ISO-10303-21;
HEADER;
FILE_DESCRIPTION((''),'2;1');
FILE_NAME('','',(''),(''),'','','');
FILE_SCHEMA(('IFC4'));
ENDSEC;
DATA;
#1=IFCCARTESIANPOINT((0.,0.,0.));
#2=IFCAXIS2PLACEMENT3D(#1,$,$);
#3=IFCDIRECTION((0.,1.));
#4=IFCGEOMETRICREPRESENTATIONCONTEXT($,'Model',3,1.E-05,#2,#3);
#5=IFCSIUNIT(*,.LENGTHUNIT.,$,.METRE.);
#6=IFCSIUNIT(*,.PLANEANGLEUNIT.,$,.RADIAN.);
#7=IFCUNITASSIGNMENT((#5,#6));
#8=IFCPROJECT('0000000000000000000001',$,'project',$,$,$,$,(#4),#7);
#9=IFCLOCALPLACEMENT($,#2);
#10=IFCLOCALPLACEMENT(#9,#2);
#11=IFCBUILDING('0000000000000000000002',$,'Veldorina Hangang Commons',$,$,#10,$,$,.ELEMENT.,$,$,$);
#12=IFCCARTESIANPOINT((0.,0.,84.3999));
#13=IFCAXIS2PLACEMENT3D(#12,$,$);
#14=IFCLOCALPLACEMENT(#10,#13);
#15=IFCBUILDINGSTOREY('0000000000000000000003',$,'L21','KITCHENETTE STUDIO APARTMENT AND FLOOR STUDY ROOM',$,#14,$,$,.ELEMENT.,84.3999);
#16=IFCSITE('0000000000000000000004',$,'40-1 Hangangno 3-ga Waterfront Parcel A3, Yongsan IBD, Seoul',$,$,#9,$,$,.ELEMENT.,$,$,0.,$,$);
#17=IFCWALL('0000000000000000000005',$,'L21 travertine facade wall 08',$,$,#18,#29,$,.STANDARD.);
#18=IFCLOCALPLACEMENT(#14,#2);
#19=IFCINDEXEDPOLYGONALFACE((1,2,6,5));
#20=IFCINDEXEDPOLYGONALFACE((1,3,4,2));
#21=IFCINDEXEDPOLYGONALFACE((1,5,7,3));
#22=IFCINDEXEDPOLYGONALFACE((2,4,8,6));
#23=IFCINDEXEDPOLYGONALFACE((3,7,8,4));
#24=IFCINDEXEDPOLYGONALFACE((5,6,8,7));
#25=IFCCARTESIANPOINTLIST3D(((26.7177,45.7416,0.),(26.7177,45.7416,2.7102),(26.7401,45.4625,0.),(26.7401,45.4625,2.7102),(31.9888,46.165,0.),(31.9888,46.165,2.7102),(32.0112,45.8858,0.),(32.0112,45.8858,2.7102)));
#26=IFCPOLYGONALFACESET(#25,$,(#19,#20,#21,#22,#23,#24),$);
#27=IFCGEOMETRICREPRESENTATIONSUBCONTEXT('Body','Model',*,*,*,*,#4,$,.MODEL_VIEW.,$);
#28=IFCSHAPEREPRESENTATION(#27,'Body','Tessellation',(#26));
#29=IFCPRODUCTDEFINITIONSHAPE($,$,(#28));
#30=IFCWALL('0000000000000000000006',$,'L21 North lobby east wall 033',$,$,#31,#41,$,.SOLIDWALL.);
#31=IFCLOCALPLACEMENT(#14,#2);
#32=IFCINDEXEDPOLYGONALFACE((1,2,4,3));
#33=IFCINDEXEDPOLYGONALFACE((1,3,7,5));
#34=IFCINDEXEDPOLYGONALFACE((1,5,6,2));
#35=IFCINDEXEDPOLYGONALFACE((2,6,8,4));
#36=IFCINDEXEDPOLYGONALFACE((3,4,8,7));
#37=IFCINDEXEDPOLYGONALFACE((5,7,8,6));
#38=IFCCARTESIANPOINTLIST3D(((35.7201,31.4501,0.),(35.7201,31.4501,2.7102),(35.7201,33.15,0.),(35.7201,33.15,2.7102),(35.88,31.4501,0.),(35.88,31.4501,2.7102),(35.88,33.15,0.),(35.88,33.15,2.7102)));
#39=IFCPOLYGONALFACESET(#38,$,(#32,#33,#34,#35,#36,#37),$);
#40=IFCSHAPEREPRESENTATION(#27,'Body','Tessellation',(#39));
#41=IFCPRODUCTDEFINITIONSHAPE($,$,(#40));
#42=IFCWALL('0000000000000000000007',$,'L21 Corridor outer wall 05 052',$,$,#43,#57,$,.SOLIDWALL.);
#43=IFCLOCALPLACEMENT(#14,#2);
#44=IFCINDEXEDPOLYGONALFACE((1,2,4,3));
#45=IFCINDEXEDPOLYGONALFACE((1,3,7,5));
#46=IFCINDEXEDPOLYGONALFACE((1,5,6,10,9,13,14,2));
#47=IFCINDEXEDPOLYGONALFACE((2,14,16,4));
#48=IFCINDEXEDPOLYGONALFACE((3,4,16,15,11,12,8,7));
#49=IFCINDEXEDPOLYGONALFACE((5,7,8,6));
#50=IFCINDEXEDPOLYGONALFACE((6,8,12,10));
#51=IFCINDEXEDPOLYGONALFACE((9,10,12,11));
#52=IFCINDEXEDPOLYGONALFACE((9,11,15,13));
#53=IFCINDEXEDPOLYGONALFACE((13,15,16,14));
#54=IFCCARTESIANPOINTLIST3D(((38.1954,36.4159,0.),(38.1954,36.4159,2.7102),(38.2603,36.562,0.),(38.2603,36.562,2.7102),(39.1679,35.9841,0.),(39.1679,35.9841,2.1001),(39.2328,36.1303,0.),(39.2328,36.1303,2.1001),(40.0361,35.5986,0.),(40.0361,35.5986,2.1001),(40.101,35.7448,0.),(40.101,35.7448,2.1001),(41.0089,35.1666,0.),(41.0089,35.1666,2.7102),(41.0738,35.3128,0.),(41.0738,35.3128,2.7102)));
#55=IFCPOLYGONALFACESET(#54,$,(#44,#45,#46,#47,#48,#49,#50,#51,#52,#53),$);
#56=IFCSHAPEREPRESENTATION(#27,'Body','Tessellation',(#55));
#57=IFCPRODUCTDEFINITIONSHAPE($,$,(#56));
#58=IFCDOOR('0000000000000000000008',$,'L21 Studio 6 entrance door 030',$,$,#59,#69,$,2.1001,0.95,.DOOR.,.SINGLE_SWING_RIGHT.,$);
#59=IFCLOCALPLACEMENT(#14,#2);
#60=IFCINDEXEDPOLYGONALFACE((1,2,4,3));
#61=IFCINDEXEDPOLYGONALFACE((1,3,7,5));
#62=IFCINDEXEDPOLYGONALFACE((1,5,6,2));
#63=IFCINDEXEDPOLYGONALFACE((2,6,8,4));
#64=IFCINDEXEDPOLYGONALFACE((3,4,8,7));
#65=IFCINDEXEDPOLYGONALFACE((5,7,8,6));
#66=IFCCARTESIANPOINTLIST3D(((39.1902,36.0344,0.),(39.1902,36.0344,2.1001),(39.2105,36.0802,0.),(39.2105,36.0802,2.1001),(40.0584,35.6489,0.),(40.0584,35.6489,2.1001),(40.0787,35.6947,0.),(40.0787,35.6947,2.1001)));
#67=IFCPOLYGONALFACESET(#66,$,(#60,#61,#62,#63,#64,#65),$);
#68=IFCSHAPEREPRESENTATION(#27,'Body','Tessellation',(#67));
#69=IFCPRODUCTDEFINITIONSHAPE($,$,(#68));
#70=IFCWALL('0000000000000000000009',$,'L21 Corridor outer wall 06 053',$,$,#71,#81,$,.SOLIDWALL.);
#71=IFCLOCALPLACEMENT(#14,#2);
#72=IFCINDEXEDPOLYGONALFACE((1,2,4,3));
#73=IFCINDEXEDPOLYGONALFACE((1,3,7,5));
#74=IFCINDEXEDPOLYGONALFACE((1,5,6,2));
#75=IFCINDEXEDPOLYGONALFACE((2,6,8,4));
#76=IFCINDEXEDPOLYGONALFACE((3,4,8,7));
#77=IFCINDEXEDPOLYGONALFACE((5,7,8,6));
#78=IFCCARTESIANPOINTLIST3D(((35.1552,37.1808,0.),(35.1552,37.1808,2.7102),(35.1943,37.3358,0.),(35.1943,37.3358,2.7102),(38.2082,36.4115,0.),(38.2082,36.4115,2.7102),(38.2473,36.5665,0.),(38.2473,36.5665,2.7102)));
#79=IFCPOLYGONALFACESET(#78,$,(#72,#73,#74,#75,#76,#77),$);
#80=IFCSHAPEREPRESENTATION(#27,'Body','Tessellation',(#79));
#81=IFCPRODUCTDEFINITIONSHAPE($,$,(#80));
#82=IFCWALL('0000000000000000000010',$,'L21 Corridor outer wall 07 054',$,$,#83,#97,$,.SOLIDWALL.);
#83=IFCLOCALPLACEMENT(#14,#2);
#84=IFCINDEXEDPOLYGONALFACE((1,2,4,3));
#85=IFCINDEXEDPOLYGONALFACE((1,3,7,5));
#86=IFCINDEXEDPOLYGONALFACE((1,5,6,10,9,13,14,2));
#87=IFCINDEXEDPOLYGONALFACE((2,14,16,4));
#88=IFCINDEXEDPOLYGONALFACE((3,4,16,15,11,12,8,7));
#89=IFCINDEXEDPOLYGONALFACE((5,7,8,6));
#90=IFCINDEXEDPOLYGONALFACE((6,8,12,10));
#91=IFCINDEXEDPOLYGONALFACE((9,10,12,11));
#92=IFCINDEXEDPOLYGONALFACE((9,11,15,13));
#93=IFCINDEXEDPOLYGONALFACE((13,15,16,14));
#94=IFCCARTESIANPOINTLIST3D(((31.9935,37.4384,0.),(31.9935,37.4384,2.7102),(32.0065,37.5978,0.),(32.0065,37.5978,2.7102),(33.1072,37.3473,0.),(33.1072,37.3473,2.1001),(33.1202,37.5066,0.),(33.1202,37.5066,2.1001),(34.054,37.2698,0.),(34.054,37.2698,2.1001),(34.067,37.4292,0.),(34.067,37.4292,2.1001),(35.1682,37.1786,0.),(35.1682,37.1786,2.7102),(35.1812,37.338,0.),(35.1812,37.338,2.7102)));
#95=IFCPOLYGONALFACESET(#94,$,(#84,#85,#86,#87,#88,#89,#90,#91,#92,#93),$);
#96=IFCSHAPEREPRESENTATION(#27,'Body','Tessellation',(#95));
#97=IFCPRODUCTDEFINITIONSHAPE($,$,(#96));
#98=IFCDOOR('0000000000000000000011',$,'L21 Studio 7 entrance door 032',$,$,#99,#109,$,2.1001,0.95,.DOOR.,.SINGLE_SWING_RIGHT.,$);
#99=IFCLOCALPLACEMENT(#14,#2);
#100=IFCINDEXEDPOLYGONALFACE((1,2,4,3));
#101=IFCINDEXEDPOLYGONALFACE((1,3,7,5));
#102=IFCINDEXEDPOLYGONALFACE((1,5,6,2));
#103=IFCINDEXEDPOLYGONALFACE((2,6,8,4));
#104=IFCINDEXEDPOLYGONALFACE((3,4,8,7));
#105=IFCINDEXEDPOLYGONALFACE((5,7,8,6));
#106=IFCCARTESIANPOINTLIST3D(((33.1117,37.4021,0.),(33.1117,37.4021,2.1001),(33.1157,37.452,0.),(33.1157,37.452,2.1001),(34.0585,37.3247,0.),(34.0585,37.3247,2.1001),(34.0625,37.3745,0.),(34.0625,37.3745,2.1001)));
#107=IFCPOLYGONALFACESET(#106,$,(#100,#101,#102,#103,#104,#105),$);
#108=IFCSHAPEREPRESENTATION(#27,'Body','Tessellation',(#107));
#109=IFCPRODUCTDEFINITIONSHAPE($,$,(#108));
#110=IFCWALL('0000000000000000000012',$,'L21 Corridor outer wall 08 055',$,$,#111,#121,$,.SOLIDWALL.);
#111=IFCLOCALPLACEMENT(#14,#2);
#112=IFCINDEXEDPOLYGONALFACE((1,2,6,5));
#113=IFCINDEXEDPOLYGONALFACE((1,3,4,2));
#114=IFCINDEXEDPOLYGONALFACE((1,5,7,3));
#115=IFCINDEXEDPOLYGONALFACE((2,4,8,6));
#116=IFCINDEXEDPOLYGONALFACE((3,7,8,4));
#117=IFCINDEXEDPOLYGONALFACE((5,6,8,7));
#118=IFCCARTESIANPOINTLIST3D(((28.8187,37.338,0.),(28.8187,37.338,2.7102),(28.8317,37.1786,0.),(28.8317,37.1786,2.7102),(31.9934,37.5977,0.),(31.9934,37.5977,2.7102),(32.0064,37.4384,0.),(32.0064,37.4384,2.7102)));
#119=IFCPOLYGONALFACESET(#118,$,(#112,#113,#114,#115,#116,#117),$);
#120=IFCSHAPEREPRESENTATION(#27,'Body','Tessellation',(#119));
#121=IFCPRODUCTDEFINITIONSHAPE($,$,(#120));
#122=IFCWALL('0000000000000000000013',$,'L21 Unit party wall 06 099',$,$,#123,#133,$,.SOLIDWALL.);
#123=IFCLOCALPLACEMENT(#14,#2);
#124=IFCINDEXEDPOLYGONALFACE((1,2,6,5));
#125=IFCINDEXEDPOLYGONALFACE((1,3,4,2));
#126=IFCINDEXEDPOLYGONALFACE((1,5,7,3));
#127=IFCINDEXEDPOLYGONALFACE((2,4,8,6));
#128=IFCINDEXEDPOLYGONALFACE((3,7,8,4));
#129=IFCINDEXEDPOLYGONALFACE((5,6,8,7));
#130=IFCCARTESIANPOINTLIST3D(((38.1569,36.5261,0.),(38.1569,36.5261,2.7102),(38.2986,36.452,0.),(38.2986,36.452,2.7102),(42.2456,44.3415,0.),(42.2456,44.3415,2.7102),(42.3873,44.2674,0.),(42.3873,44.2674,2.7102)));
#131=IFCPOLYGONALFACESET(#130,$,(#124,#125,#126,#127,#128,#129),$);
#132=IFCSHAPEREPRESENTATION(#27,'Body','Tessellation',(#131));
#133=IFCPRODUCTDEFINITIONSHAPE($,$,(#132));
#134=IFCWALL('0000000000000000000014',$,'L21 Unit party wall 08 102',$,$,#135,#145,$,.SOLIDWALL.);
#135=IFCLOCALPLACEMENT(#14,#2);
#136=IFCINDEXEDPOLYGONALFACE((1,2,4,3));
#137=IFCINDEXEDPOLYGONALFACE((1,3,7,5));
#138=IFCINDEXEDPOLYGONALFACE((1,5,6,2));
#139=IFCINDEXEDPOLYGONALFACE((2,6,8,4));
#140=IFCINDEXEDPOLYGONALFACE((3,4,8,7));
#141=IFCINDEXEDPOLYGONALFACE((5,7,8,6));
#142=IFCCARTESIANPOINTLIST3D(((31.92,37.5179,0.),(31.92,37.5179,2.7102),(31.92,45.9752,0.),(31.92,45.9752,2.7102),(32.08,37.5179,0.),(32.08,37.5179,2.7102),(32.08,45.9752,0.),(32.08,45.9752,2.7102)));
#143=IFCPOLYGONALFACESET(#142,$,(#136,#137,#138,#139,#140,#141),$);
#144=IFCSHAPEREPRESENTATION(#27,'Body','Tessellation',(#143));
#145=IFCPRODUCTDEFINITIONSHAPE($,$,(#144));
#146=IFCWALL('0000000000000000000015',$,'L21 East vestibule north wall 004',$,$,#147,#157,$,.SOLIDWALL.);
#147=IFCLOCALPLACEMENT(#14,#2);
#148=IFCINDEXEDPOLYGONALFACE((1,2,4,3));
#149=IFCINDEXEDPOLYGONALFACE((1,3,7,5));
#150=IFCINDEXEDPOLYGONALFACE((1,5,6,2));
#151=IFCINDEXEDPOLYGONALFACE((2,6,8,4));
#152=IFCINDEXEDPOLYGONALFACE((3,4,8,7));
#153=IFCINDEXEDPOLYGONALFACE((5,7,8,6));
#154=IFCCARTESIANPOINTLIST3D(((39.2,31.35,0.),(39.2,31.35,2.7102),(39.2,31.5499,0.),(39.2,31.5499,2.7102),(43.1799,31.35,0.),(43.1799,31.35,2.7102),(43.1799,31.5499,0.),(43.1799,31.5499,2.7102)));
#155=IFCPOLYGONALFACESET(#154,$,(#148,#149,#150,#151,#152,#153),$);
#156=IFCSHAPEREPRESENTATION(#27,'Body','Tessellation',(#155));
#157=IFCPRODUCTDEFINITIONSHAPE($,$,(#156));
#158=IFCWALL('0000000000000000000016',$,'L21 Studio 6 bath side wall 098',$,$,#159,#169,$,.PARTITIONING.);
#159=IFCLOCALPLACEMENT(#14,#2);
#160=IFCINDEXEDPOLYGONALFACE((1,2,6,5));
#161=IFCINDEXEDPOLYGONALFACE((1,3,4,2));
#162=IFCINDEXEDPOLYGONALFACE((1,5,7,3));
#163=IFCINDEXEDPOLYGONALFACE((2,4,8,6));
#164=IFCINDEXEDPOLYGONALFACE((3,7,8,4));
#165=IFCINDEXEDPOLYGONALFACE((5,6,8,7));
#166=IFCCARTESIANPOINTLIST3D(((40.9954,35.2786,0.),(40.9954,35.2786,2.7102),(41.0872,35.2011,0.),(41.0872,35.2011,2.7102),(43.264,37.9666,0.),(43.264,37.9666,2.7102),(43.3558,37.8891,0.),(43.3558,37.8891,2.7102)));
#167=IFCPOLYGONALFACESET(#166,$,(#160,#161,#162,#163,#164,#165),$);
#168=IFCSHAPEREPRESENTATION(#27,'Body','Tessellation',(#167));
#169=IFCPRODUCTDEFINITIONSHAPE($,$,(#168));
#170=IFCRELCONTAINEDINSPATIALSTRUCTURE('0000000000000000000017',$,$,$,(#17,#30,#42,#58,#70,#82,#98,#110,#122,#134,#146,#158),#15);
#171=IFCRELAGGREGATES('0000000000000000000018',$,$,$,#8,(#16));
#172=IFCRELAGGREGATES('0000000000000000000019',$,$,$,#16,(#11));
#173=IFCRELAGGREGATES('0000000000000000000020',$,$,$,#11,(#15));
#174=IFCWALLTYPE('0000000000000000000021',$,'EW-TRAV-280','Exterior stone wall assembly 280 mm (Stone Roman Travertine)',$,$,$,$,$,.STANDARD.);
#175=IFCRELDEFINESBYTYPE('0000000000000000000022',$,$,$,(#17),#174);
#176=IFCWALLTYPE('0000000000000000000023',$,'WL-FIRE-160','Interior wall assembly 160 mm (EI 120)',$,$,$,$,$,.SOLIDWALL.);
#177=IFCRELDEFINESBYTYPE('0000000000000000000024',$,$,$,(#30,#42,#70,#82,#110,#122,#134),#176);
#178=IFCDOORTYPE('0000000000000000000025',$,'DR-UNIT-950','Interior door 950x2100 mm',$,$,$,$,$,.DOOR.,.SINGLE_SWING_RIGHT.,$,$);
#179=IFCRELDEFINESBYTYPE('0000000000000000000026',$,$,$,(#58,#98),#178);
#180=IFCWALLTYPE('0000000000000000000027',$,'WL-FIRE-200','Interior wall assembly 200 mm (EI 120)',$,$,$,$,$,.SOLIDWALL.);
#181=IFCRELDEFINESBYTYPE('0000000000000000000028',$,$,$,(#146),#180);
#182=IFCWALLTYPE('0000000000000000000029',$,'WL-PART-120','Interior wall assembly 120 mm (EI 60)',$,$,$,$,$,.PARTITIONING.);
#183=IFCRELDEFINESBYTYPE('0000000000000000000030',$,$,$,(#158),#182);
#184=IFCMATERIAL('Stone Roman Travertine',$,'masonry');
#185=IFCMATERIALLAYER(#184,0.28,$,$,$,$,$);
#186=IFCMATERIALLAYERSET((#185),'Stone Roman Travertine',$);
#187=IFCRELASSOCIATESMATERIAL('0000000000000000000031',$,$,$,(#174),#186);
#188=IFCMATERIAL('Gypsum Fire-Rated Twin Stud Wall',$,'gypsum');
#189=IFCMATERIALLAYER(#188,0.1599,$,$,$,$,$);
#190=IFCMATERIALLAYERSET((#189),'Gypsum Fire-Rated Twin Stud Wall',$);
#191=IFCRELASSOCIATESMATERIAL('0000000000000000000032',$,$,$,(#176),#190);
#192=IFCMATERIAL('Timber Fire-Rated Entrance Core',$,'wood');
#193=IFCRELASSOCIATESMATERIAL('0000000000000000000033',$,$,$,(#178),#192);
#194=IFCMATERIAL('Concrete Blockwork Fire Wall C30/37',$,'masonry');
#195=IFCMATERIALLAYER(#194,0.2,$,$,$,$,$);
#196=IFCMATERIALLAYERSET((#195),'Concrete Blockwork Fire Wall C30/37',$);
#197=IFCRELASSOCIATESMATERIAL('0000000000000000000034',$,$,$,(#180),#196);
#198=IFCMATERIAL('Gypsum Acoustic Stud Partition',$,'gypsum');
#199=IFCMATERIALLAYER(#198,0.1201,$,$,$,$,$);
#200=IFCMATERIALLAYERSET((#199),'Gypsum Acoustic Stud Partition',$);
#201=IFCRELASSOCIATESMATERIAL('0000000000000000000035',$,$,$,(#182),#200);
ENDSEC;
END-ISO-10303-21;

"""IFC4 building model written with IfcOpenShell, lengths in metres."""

from ifc_helpers import new_model, si_unit, direction, frame, frame_2d, origin, place, context, subcontext, project, spatial, rectangle, extrude, material, layer, layer_set, type_object, element, fill, save


model = new_model("IFC4")

# Units and contexts
model_context = context("Model", 3, precision=1e-05, world=origin(), true_north=direction((0.0, 1.0)))
body_context = subcontext(model_context, "Body", "Model", "MODEL_VIEW")
ifc_project = project(units=[si_unit("LENGTHUNIT", "METRE"), si_unit("PLANEANGLEUNIT", "RADIAN")], contexts=[model_context])

# Site, building, storey
site_placement = place(None, origin())
site = spatial("IfcSite", under=ifc_project, at=site_placement, Name="40-1 Hangangno 3-ga Waterfront Parcel A3, Yongsan IBD, Seoul", CompositionType="ELEMENT", RefElevation=0.0)
building_placement = place(site_placement, origin())
building = spatial("IfcBuilding", under=site, at=building_placement, Name="Veldorina Hangang Commons", CompositionType="ELEMENT")
storey_placement = place(building_placement, frame((0.0, 0.0, 84.3999)))
storey = spatial("IfcBuildingStorey", under=building, at=storey_placement, Name="L21", Description="KITCHENETTE STUDIO APARTMENT AND FLOOR STUDY ROOM", CompositionType="ELEMENT", Elevation=84.3999)

# Shared definitions
ifc_material_1 = material(Name="Stone Roman Travertine", Category="masonry")
ifc_layer_1 = layer(ifc_material_1, 0.28)
ifc_layer_set_1 = layer_set([ifc_layer_1], Name="Stone Roman Travertine")
wall_type_1 = type_object("IfcWallType", Name="EW-TRAV-280", Description="Exterior stone wall assembly 280 mm (Stone Roman Travertine)", PredefinedType="STANDARD", material=ifc_layer_set_1)

# Walls
wall_1_placement = place(storey_placement, frame((32.0, 46.0254, 0.0), z_axis=(0.0, 0.0, 1.0), x_axis=(-0.99679, -0.080057, 0.0)))
element("IfcWall", 1, at=wall_1_placement, inside=storey, type_object=wall_type_1, Name="L21 travertine facade wall 08", PredefinedType="STANDARD", context=body_context, shape_type="SweptSolid", body=[
    extrude(rectangle(XDim=5.2881, YDim=0.28, at=frame_2d((2.644, 0.0))), origin(), (0.0, 0.0, 1.0), 2.7102),
])
ifc_material_2 = material(Name="Gypsum Fire-Rated Twin Stud Wall", Category="gypsum")
ifc_layer_2 = layer(ifc_material_2, 0.1599)
ifc_layer_set_2 = layer_set([ifc_layer_2], Name="Gypsum Fire-Rated Twin Stud Wall")
wall_type_2 = type_object("IfcWallType", Name="WL-FIRE-160", Description="Interior wall assembly 160 mm (EI 120)", PredefinedType="SOLIDWALL", material=ifc_layer_set_2)
wall_2_placement = place(storey_placement, frame((35.8, 31.45, 0.0), z_axis=(0.0, 0.0, 1.0), x_axis=(0.0, 1.0, 0.0)))
element("IfcWall", 2, at=wall_2_placement, inside=storey, type_object=wall_type_2, Name="L21 North lobby east wall 033", PredefinedType="SOLIDWALL", context=body_context, shape_type="SweptSolid", body=[
    extrude(rectangle(XDim=1.7, YDim=0.1599, at=frame_2d((0.8501, 0.0))), origin(), (0.0, 0.0, 1.0), 2.7102),
])

# Wall, opening, door
wall_3_placement = place(storey_placement, frame((41.0413, 35.2397, 0.0), z_axis=(0.0, 0.0, 1.0), x_axis=(-0.913952, 0.405822, 0.0)))
wall_3 = element("IfcWall", 3, at=wall_3_placement, inside=storey, type_object=wall_type_2, Name="L21 Corridor outer wall 05 052", PredefinedType="SOLIDWALL", context=body_context, shape_type="SweptSolid", body=[
    extrude(rectangle(XDim=3.0784, YDim=0.1599, at=frame_2d((1.5391, 0.0))), origin(), (0.0, 0.0, 1.0), 2.7102),
])
opening_1_placement = place(wall_3_placement, frame((1.0642, 0.0, 0.0)))
opening_1 = element("IfcOpeningElement", 4, at=opening_1_placement, cuts=wall_3, PredefinedType="OPENING", context=body_context, shape_type="SweptSolid", body=[
    extrude(rectangle(XDim=0.95, YDim=2.1001, at=frame_2d((0.4751, 1.05))), frame((0.0, 0.0898, 0.0), z_axis=(0.0, -1.0, 0.0), x_axis=(1.0, 0.0, 0.0)), (0.0, 0.0, 1.0), 0.1799),
])
ifc_material_3 = material(Name="Timber Fire-Rated Entrance Core", Category="wood")
door_type_1 = type_object("IfcDoorType", Name="DR-UNIT-950", Description="Interior door 950x2100 mm", OperationType="SINGLE_SWING_RIGHT", PredefinedType="DOOR", material=ifc_material_3)
door_1_placement = place(opening_1_placement, origin())
door_1 = element("IfcDoor", 5, at=door_1_placement, inside=storey, type_object=door_type_1, Name="L21 Studio 6 entrance door 030", OperationType="SINGLE_SWING_RIGHT", OverallHeight=2.1001, OverallWidth=0.95, PredefinedType="DOOR", context=body_context, shape_type="SweptSolid", body=[
    extrude(rectangle(XDim=0.95, YDim=2.1001, at=frame_2d((0.4751, 1.05))), frame((0.0, 0.0249, 0.0), z_axis=(0.0, -1.0, 0.0), x_axis=(1.0, 0.0, 0.0)), (0.0, 0.0, 1.0), 0.05),
])
fill(opening_1, door_1)

# Wall
wall_4_placement = place(storey_placement, frame((38.2278, 36.489, 0.0), z_axis=(0.0, 0.0, 1.0), x_axis=(-0.969689, 0.244342, 0.0)))
element("IfcWall", 6, at=wall_4_placement, inside=storey, type_object=wall_type_2, Name="L21 Corridor outer wall 06 053", PredefinedType="SOLIDWALL", context=body_context, shape_type="SweptSolid", body=[
    extrude(rectangle(XDim=3.1484, YDim=0.1599, at=frame_2d((1.5742, 0.0))), origin(), (0.0, 0.0, 1.0), 2.7102),
])

# Wall, opening, door
wall_5_placement = place(storey_placement, frame((35.1748, 37.2583, 0.0), z_axis=(0.0, 0.0, 1.0), x_axis=(-0.996669, 0.081548, 0.0)))
wall_5 = element("IfcWall", 7, at=wall_5_placement, inside=storey, type_object=wall_type_2, Name="L21 Corridor outer wall 07 054", PredefinedType="SOLIDWALL", context=body_context, shape_type="SweptSolid", body=[
    extrude(rectangle(XDim=3.1853, YDim=0.1599, at=frame_2d((1.5928, 0.0))), origin(), (0.0, 0.0, 1.0), 2.7102),
])
opening_2_placement = place(wall_5_placement, frame((1.1179, 0.0, 0.0)))
opening_2 = element("IfcOpeningElement", 8, at=opening_2_placement, cuts=wall_5, PredefinedType="OPENING", context=body_context, shape_type="SweptSolid", body=[
    extrude(rectangle(XDim=0.95, YDim=2.1001, at=frame_2d((0.4751, 1.05))), frame((0.0, 0.0898, 0.0), z_axis=(0.0, -1.0, 0.0), x_axis=(1.0, 0.0, 0.0)), (0.0, 0.0, 1.0), 0.1799),
])
door_2_placement = place(opening_2_placement, origin())
door_2 = element("IfcDoor", 9, at=door_2_placement, inside=storey, type_object=door_type_1, Name="L21 Studio 7 entrance door 032", OperationType="SINGLE_SWING_RIGHT", OverallHeight=2.1001, OverallWidth=0.95, PredefinedType="DOOR", context=body_context, shape_type="SweptSolid", body=[
    extrude(rectangle(XDim=0.95, YDim=2.1001, at=frame_2d((0.4751, 1.05))), frame((0.0, 0.0249, 0.0), z_axis=(0.0, -1.0, 0.0), x_axis=(1.0, 0.0, 0.0)), (0.0, 0.0, 1.0), 0.05),
])
fill(opening_2, door_2)

# Walls
wall_6_placement = place(storey_placement, frame((32.0, 37.5181, 0.0), z_axis=(0.0, 0.0, 1.0), x_axis=(-0.996669, -0.081548, 0.0)))
element("IfcWall", 10, at=wall_6_placement, inside=storey, type_object=wall_type_2, Name="L21 Corridor outer wall 08 055", PredefinedType="SOLIDWALL", context=body_context, shape_type="SweptSolid", body=[
    extrude(rectangle(XDim=3.1853, YDim=0.1599, at=frame_2d((1.5928, 0.0))), origin(), (0.0, 0.0, 1.0), 2.7102),
])
wall_7_placement = place(storey_placement, frame((38.2278, 36.489, 0.0), z_axis=(0.0, 0.0, 1.0), x_axis=(0.463547, 0.886073, 0.0)))
element("IfcWall", 11, at=wall_7_placement, inside=storey, type_object=wall_type_2, Name="L21 Unit party wall 06 099", PredefinedType="SOLIDWALL", context=body_context, shape_type="SweptSolid", body=[
    extrude(rectangle(XDim=8.8203, YDim=0.1599, at=frame_2d((4.4102, 0.0))), origin(), (0.0, 0.0, 1.0), 2.7102),
])
wall_8_placement = place(storey_placement, frame((32.0, 37.5181, 0.0), z_axis=(0.0, 0.0, 1.0), x_axis=(0.0, 1.0, 0.0)))
element("IfcWall", 12, at=wall_8_placement, inside=storey, type_object=wall_type_2, Name="L21 Unit party wall 08 102", PredefinedType="SOLIDWALL", context=body_context, shape_type="SweptSolid", body=[
    extrude(rectangle(XDim=8.4573, YDim=0.1599, at=frame_2d((4.2285, 0.0))), origin(), (0.0, 0.0, 1.0), 2.7102),
])
ifc_material_4 = material(Name="Concrete Blockwork Fire Wall C30/37", Category="masonry")
ifc_layer_3 = layer(ifc_material_4, 0.2)
ifc_layer_set_3 = layer_set([ifc_layer_3], Name="Concrete Blockwork Fire Wall C30/37")
wall_type_3 = type_object("IfcWallType", Name="WL-FIRE-200", Description="Interior wall assembly 200 mm (EI 120)", PredefinedType="SOLIDWALL", material=ifc_layer_set_3)
wall_9_placement = place(storey_placement, frame((39.2, 31.45, 0.0), z_axis=(0.0, 0.0, 1.0), x_axis=(1.0, 0.0, 0.0)))
element("IfcWall", 13, at=wall_9_placement, inside=storey, type_object=wall_type_3, Name="L21 East vestibule north wall 004", PredefinedType="SOLIDWALL", context=body_context, shape_type="SweptSolid", body=[
    extrude(rectangle(XDim=3.98, YDim=0.2, at=frame_2d((1.99, 0.0))), origin(), (0.0, 0.0, 1.0), 2.7102),
])
ifc_material_5 = material(Name="Gypsum Acoustic Stud Partition", Category="gypsum")
ifc_layer_4 = layer(ifc_material_5, 0.1201)
ifc_layer_set_4 = layer_set([ifc_layer_4], Name="Gypsum Acoustic Stud Partition")
wall_type_4 = type_object("IfcWallType", Name="WL-PART-120", Description="Interior wall assembly 120 mm (EI 60)", PredefinedType="PARTITIONING", material=ifc_layer_set_4)
wall_10_placement = place(storey_placement, frame((41.0413, 35.2397, 0.0), z_axis=(0.0, 0.0, 1.0), x_axis=(0.644965, 0.764212, 0.0)))
element("IfcWall", 14, at=wall_10_placement, inside=storey, type_object=wall_type_4, Name="L21 Studio 6 bath side wall 098", PredefinedType="PARTITIONING", context=body_context, shape_type="SweptSolid", body=[
    extrude(rectangle(XDim=3.5173, YDim=0.1201, at=frame_2d((1.7588, 0.0))), origin(), (0.0, 0.0, 1.0), 2.7102),
])

save(model, "model.ifc")
